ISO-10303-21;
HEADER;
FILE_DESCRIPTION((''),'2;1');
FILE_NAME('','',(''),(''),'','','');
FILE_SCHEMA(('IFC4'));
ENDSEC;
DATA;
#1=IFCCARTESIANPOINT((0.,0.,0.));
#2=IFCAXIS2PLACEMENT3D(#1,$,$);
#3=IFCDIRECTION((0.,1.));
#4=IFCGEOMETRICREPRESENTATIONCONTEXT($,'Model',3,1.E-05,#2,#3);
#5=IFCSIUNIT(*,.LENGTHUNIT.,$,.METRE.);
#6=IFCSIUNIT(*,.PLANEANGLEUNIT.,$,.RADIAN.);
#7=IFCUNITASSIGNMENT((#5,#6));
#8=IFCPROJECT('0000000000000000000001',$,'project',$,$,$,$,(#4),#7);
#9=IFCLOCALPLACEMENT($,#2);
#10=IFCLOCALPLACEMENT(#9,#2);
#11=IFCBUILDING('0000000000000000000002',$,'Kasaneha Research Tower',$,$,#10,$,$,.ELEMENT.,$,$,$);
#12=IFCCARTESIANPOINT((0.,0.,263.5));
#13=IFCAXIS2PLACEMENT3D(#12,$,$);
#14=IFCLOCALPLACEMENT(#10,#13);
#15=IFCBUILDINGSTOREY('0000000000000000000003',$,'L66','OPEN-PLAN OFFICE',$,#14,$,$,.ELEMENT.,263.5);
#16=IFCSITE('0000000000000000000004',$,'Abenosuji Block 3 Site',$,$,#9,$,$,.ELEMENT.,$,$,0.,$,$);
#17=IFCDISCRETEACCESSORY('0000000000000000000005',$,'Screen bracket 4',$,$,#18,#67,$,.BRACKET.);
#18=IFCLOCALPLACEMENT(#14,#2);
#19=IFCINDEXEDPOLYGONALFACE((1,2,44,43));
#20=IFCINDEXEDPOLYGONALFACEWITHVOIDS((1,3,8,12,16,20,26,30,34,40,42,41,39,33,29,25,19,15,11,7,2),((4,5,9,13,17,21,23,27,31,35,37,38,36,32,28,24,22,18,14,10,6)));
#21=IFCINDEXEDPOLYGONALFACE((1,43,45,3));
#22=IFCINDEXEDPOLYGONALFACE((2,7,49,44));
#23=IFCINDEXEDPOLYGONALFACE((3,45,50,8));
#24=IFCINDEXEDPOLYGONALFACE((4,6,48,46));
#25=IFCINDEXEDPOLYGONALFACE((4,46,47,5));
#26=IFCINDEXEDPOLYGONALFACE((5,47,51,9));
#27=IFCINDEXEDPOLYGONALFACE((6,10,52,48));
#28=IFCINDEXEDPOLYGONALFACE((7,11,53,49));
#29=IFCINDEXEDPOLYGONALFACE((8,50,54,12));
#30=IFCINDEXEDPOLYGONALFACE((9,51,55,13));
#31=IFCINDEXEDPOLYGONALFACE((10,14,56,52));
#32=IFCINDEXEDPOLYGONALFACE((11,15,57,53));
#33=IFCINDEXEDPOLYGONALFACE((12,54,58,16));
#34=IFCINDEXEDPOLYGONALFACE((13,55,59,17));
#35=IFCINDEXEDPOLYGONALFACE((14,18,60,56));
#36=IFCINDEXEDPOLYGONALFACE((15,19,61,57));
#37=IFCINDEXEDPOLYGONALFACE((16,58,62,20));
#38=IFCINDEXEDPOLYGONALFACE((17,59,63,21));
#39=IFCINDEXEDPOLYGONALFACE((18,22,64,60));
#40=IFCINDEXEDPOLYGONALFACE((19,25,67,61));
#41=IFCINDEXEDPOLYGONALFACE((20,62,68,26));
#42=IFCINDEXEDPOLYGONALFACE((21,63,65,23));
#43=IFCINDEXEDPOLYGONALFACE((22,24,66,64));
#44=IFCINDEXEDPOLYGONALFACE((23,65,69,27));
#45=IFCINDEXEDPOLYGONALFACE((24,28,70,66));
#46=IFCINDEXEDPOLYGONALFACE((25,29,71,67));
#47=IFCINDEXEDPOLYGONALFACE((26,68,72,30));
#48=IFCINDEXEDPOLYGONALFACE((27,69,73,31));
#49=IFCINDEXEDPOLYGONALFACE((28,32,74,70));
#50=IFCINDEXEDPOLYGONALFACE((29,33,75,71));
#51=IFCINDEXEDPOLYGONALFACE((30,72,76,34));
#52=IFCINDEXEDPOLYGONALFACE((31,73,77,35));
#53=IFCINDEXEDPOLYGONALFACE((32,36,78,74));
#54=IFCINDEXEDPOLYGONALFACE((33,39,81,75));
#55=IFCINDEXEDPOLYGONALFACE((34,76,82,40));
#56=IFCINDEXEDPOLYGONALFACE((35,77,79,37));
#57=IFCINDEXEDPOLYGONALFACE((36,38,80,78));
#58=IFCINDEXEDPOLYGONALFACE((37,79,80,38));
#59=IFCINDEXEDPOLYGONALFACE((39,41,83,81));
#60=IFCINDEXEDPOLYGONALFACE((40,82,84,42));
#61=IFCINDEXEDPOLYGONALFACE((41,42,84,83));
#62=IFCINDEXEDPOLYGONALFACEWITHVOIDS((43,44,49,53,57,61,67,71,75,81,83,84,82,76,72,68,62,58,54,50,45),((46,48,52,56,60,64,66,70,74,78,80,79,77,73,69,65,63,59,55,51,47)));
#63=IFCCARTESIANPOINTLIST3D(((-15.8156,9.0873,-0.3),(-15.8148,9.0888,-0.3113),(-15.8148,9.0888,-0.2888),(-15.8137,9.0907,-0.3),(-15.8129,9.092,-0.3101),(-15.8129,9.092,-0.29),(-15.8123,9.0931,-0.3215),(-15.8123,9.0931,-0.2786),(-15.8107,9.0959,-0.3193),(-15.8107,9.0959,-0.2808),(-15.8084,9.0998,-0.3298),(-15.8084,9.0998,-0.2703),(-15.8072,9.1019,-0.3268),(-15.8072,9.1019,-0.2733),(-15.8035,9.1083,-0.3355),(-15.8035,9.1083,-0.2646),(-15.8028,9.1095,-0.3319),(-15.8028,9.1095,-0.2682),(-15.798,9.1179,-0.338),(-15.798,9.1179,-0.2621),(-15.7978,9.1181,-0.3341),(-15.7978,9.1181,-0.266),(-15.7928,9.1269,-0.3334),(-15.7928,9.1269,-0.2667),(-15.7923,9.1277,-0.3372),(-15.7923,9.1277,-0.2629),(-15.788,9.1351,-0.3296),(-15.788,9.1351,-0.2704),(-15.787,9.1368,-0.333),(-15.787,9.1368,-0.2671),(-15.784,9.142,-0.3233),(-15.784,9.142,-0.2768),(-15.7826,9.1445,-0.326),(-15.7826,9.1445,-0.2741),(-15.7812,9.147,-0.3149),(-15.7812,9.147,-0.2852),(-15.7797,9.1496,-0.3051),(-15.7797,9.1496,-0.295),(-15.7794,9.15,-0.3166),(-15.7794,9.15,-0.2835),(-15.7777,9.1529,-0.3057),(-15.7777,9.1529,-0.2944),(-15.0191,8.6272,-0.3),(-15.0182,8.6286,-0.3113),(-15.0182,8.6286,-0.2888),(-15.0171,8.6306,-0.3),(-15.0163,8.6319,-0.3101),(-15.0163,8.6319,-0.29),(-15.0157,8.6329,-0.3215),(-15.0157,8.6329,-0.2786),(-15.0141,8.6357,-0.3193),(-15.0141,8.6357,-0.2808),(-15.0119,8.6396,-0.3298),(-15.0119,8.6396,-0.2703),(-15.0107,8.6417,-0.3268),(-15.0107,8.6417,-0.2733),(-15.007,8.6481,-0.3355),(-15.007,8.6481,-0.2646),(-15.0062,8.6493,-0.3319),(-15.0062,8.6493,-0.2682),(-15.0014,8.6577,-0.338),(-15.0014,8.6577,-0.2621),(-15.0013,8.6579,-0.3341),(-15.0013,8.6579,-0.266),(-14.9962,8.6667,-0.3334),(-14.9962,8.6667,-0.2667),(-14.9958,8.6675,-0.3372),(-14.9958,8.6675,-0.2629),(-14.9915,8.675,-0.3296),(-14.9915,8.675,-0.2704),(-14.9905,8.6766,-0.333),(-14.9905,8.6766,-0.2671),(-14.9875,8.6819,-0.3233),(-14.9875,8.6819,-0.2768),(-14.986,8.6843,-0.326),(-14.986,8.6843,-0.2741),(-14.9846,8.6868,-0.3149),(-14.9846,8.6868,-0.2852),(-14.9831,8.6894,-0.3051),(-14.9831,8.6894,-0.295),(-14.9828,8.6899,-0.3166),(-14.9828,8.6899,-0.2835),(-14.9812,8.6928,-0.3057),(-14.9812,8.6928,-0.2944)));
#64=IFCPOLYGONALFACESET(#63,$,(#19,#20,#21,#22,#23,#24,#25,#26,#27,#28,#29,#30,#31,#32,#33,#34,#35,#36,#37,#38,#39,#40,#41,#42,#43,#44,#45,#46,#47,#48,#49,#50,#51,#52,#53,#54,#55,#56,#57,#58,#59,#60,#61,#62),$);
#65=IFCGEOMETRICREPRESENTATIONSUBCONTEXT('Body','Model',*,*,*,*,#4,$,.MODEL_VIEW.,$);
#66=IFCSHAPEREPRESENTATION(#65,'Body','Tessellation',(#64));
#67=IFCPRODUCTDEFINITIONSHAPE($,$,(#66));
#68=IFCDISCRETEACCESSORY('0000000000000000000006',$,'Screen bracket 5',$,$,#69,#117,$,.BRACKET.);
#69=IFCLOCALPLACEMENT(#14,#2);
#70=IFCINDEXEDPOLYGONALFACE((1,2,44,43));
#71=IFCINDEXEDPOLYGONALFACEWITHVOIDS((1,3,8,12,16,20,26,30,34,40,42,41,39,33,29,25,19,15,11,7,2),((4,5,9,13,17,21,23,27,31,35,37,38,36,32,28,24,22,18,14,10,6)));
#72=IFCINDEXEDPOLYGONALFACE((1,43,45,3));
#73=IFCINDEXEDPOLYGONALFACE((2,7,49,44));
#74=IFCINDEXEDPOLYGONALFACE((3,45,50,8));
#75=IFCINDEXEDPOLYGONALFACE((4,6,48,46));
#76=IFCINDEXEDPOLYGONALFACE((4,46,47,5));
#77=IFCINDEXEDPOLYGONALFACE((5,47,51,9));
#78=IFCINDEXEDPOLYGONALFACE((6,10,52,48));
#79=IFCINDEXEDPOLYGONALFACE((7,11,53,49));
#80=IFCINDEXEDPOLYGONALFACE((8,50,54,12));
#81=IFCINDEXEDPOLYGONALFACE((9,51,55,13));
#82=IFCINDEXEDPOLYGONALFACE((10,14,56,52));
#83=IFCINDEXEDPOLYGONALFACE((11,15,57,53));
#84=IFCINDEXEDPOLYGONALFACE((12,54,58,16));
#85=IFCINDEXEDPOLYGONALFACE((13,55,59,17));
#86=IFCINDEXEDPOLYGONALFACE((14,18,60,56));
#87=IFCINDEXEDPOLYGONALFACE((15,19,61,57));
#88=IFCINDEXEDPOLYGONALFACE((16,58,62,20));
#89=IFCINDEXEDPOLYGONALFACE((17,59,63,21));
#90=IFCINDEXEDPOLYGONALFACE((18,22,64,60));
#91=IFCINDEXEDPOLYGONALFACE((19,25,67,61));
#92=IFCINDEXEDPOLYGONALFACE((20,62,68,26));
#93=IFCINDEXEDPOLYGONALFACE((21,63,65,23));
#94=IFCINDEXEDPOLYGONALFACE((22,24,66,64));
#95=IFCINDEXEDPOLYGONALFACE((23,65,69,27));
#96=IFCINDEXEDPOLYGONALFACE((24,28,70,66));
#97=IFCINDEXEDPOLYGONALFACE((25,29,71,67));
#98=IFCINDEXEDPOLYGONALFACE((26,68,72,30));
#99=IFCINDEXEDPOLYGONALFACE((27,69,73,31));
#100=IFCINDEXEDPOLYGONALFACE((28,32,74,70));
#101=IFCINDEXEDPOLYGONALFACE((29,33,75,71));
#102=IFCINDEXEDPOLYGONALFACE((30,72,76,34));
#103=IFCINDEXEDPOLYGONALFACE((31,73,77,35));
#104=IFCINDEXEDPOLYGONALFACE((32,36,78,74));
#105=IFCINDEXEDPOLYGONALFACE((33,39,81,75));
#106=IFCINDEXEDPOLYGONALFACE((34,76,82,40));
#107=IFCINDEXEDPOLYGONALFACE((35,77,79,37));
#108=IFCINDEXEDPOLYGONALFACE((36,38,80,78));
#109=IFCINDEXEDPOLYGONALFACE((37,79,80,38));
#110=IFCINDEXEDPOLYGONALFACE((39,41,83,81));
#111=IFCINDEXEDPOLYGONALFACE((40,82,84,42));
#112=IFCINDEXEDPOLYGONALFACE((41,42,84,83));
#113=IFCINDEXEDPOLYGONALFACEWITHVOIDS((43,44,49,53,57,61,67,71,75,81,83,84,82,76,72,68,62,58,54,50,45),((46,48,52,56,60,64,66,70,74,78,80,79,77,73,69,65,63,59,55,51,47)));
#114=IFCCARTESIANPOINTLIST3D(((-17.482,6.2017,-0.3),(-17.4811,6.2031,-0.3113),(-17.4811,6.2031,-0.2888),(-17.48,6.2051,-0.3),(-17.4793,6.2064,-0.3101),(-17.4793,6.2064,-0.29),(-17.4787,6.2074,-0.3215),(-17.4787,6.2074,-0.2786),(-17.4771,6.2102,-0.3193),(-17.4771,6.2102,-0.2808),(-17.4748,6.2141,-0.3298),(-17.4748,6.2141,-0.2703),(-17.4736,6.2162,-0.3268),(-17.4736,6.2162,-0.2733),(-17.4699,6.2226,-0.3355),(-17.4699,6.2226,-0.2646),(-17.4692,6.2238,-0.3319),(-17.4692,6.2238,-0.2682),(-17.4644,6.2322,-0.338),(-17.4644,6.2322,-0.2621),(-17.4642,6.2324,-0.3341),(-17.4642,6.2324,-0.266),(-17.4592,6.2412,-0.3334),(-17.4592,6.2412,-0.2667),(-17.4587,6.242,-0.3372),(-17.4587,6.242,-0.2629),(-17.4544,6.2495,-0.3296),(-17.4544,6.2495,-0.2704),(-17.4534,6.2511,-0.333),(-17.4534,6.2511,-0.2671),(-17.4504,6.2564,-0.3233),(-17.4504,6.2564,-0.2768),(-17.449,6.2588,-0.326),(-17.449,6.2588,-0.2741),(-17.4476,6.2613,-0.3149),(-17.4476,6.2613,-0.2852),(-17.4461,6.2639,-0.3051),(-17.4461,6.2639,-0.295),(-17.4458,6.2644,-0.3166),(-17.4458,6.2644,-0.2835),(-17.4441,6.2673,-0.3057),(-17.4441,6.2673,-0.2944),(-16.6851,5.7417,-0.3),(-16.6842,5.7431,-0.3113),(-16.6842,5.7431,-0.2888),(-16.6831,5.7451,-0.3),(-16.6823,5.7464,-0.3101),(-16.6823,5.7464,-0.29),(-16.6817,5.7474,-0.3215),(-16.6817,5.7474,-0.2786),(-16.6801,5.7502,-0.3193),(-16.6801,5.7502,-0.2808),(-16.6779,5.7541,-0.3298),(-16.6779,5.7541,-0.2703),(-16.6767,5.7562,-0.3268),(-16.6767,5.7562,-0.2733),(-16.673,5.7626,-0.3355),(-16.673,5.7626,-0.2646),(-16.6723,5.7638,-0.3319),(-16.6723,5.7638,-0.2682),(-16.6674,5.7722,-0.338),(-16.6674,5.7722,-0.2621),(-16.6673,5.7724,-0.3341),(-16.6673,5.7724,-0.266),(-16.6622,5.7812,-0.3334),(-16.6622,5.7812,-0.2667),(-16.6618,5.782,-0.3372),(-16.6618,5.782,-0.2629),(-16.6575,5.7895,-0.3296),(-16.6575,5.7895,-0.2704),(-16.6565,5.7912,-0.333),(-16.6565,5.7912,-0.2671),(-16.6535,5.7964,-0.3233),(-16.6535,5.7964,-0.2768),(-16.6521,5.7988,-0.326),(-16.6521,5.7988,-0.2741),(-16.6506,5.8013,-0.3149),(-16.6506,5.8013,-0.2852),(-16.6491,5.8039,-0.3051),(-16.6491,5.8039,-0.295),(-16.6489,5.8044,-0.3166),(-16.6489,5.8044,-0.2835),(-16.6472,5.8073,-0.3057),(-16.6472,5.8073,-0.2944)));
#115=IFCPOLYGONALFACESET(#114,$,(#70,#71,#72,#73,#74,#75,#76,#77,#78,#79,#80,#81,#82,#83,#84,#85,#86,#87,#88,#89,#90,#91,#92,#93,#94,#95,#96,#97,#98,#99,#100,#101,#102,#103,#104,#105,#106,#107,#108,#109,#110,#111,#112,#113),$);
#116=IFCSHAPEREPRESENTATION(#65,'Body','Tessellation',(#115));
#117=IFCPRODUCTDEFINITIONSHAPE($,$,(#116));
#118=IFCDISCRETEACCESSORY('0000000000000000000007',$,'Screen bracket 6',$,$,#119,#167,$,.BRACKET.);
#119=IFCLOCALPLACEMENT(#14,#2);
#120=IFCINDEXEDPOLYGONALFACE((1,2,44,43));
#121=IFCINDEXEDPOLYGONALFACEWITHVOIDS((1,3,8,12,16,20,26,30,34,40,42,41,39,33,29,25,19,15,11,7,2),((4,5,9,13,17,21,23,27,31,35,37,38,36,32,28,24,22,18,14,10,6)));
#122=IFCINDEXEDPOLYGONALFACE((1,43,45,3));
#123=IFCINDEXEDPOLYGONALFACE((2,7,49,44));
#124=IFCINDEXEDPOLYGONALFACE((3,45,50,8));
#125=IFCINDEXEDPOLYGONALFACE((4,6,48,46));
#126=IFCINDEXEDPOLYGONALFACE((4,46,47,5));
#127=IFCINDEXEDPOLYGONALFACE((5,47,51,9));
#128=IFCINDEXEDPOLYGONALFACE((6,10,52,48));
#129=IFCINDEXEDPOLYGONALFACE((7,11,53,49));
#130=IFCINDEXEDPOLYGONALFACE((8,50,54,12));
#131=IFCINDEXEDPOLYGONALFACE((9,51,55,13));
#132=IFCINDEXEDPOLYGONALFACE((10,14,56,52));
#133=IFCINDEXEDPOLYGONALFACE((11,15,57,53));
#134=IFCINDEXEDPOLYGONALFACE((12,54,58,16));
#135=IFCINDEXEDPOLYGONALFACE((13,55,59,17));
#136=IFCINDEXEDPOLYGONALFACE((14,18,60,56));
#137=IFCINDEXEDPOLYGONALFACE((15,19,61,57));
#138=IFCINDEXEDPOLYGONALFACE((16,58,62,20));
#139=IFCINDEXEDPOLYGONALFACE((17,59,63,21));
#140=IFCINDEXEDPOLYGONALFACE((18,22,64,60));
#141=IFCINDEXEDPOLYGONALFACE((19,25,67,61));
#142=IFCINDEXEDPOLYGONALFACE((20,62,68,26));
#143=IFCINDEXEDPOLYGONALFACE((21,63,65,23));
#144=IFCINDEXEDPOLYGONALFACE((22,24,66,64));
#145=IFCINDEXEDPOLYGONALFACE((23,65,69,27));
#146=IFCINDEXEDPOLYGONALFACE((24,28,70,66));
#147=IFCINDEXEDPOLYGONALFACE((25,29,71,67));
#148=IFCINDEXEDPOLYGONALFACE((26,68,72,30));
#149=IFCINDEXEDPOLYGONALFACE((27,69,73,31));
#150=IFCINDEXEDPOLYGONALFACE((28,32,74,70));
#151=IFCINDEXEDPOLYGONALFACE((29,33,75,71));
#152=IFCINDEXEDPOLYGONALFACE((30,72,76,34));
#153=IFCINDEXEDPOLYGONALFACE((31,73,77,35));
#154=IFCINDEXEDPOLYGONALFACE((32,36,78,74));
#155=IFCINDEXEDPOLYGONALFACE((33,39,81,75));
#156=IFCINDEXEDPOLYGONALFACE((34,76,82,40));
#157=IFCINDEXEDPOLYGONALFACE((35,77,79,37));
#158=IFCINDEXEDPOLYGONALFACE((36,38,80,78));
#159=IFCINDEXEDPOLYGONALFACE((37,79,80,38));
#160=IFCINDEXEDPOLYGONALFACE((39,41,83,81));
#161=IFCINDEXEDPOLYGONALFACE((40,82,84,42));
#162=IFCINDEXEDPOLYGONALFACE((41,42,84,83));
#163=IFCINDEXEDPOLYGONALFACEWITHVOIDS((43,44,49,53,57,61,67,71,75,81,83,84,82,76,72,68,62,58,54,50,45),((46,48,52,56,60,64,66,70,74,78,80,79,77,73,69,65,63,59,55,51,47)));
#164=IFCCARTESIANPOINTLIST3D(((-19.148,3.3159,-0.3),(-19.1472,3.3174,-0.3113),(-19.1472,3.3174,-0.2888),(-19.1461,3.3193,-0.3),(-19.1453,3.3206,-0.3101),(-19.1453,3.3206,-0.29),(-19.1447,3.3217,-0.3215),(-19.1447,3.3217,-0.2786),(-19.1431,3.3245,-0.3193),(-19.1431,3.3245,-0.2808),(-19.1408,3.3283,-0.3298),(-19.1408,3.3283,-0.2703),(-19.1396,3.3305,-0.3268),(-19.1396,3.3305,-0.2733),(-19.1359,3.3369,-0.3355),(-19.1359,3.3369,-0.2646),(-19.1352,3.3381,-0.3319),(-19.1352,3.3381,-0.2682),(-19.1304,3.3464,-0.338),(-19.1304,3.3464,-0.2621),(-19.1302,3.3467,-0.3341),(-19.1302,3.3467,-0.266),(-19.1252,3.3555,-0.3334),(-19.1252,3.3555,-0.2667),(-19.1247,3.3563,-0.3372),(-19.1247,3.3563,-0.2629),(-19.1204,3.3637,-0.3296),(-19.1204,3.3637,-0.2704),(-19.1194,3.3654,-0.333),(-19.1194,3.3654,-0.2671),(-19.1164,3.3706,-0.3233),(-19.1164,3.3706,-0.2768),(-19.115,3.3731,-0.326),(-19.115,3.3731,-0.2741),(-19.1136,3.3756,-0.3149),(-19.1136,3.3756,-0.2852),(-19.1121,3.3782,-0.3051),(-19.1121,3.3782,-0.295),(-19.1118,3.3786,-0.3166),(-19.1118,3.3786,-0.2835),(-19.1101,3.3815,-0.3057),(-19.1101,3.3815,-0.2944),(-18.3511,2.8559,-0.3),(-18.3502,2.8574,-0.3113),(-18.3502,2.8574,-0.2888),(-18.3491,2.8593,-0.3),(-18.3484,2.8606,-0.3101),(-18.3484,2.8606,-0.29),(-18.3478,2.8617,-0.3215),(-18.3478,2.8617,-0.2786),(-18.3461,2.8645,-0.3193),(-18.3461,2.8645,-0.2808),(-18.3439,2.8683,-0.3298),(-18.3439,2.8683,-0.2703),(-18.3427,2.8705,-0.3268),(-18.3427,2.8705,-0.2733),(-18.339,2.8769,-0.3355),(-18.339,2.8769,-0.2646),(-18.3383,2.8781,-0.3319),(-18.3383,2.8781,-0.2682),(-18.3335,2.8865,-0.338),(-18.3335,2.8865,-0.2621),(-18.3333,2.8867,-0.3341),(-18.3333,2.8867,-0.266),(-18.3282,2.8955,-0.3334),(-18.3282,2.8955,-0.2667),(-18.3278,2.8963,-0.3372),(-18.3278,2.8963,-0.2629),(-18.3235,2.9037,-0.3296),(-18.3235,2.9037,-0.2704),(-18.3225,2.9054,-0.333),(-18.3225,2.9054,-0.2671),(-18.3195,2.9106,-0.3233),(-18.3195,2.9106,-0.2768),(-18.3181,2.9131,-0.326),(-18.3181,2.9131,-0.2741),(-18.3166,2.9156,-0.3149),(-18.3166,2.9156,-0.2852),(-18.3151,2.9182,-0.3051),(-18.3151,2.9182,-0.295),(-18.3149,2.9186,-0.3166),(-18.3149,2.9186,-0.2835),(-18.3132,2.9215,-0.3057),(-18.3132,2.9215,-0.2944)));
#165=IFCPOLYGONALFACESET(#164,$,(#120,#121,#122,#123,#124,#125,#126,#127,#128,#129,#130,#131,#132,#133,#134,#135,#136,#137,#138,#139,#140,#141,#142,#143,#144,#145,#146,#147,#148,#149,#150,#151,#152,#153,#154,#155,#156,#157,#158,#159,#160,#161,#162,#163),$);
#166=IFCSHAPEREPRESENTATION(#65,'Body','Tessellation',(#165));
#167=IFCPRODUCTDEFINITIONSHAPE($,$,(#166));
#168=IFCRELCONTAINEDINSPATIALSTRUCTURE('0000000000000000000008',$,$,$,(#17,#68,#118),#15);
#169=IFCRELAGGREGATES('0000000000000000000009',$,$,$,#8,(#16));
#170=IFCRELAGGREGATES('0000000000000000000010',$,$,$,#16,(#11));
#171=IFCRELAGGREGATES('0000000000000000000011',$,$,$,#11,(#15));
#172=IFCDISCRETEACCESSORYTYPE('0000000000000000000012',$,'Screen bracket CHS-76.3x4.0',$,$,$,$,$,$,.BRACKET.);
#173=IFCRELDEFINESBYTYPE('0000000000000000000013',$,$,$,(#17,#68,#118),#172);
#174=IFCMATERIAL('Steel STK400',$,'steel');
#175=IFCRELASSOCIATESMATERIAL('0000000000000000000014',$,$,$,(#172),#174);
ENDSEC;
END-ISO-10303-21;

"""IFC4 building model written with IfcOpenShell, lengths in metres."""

from ifc_helpers import new_model, si_unit, direction, frame, origin, origin_2d, place, context, subcontext, project, spatial, hollow_circle, extrude, material, material_profile, profile_set, type_object, element, save


model = new_model("IFC4")

# Units and contexts
model_context = context("Model", 3, precision=1e-05, world=origin(), true_north=direction((0.0, 1.0)))
body_context = subcontext(model_context, "Body", "Model", "MODEL_VIEW")
ifc_project = project(units=[si_unit("LENGTHUNIT", "METRE"), si_unit("PLANEANGLEUNIT", "RADIAN")], contexts=[model_context])

# Site, building, storey
site_placement = place(None, origin())
site = spatial("IfcSite", under=ifc_project, at=site_placement, Name="Abenosuji Block 3 Site", CompositionType="ELEMENT", RefElevation=0.0)
building_placement = place(site_placement, origin())
building = spatial("IfcBuilding", under=site, at=building_placement, Name="Kasaneha Research Tower", CompositionType="ELEMENT")
storey_placement = place(building_placement, frame((0.0, 0.0, 263.5)))
storey = spatial("IfcBuildingStorey", under=building, at=storey_placement, Name="L66", Description="OPEN-PLAN OFFICE", CompositionType="ELEMENT", Elevation=263.5)

# Discrete accessories
ifc_material_1 = material(Name="Steel STK400", Category="steel")
ifc_material_profile_1 = material_profile(ifc_material_1, hollow_circle(Radius=0.0381, WallThickness=0.0039, at=origin_2d()), Name="CHS-76.3x4.0")
ifc_profile_set_1 = profile_set([ifc_material_profile_1], Name="Steel STK400")
discrete_accessory_type = type_object("IfcDiscreteAccessoryType", Name="Screen bracket CHS-76.3x4.0", PredefinedType="BRACKET", material=ifc_profile_set_1)
discrete_accessory_1_placement = place(storey_placement, frame((-15.0, 8.6602, -0.3), z_axis=(-0.865898, 0.50022, 0.0), x_axis=(-0.50022, -0.865898, 0.0)))
element("IfcDiscreteAccessory", 1, at=discrete_accessory_1_placement, inside=storey, type_object=discrete_accessory_type, Name="Screen bracket 4", PredefinedType="BRACKET", context=body_context, shape_type="SweptSolid", body=[
    extrude(hollow_circle(Radius=0.0381, WallThickness=0.0039, at=origin_2d()), origin(), (0.0, 0.0, 1.0), 0.9199),
])
for number, where, z_axis, x_axis, name in (
    (2, (-16.666, 5.7747, -0.3), (-0.86608, 0.499906, 0.0), (-0.499906, -0.86608, 0.0), "Screen bracket 5"),
    (3, (-18.332, 2.8889, -0.3), (-0.86608, 0.499906, 0.0), (-0.499906, -0.86608, 0.0), "Screen bracket 6"),
):
    element("IfcDiscreteAccessory", number, at=place(storey_placement, frame(where, z_axis=z_axis, x_axis=x_axis)), inside=storey, type_object=discrete_accessory_type, Name=name, PredefinedType="BRACKET", context=body_context, shape_type="SweptSolid", body=[
        extrude(hollow_circle(Radius=0.0381, WallThickness=0.0039, at=origin_2d()), origin(), (0.0, 0.0, 1.0), 0.9202),
    ])

save(model, "model.ifc")
